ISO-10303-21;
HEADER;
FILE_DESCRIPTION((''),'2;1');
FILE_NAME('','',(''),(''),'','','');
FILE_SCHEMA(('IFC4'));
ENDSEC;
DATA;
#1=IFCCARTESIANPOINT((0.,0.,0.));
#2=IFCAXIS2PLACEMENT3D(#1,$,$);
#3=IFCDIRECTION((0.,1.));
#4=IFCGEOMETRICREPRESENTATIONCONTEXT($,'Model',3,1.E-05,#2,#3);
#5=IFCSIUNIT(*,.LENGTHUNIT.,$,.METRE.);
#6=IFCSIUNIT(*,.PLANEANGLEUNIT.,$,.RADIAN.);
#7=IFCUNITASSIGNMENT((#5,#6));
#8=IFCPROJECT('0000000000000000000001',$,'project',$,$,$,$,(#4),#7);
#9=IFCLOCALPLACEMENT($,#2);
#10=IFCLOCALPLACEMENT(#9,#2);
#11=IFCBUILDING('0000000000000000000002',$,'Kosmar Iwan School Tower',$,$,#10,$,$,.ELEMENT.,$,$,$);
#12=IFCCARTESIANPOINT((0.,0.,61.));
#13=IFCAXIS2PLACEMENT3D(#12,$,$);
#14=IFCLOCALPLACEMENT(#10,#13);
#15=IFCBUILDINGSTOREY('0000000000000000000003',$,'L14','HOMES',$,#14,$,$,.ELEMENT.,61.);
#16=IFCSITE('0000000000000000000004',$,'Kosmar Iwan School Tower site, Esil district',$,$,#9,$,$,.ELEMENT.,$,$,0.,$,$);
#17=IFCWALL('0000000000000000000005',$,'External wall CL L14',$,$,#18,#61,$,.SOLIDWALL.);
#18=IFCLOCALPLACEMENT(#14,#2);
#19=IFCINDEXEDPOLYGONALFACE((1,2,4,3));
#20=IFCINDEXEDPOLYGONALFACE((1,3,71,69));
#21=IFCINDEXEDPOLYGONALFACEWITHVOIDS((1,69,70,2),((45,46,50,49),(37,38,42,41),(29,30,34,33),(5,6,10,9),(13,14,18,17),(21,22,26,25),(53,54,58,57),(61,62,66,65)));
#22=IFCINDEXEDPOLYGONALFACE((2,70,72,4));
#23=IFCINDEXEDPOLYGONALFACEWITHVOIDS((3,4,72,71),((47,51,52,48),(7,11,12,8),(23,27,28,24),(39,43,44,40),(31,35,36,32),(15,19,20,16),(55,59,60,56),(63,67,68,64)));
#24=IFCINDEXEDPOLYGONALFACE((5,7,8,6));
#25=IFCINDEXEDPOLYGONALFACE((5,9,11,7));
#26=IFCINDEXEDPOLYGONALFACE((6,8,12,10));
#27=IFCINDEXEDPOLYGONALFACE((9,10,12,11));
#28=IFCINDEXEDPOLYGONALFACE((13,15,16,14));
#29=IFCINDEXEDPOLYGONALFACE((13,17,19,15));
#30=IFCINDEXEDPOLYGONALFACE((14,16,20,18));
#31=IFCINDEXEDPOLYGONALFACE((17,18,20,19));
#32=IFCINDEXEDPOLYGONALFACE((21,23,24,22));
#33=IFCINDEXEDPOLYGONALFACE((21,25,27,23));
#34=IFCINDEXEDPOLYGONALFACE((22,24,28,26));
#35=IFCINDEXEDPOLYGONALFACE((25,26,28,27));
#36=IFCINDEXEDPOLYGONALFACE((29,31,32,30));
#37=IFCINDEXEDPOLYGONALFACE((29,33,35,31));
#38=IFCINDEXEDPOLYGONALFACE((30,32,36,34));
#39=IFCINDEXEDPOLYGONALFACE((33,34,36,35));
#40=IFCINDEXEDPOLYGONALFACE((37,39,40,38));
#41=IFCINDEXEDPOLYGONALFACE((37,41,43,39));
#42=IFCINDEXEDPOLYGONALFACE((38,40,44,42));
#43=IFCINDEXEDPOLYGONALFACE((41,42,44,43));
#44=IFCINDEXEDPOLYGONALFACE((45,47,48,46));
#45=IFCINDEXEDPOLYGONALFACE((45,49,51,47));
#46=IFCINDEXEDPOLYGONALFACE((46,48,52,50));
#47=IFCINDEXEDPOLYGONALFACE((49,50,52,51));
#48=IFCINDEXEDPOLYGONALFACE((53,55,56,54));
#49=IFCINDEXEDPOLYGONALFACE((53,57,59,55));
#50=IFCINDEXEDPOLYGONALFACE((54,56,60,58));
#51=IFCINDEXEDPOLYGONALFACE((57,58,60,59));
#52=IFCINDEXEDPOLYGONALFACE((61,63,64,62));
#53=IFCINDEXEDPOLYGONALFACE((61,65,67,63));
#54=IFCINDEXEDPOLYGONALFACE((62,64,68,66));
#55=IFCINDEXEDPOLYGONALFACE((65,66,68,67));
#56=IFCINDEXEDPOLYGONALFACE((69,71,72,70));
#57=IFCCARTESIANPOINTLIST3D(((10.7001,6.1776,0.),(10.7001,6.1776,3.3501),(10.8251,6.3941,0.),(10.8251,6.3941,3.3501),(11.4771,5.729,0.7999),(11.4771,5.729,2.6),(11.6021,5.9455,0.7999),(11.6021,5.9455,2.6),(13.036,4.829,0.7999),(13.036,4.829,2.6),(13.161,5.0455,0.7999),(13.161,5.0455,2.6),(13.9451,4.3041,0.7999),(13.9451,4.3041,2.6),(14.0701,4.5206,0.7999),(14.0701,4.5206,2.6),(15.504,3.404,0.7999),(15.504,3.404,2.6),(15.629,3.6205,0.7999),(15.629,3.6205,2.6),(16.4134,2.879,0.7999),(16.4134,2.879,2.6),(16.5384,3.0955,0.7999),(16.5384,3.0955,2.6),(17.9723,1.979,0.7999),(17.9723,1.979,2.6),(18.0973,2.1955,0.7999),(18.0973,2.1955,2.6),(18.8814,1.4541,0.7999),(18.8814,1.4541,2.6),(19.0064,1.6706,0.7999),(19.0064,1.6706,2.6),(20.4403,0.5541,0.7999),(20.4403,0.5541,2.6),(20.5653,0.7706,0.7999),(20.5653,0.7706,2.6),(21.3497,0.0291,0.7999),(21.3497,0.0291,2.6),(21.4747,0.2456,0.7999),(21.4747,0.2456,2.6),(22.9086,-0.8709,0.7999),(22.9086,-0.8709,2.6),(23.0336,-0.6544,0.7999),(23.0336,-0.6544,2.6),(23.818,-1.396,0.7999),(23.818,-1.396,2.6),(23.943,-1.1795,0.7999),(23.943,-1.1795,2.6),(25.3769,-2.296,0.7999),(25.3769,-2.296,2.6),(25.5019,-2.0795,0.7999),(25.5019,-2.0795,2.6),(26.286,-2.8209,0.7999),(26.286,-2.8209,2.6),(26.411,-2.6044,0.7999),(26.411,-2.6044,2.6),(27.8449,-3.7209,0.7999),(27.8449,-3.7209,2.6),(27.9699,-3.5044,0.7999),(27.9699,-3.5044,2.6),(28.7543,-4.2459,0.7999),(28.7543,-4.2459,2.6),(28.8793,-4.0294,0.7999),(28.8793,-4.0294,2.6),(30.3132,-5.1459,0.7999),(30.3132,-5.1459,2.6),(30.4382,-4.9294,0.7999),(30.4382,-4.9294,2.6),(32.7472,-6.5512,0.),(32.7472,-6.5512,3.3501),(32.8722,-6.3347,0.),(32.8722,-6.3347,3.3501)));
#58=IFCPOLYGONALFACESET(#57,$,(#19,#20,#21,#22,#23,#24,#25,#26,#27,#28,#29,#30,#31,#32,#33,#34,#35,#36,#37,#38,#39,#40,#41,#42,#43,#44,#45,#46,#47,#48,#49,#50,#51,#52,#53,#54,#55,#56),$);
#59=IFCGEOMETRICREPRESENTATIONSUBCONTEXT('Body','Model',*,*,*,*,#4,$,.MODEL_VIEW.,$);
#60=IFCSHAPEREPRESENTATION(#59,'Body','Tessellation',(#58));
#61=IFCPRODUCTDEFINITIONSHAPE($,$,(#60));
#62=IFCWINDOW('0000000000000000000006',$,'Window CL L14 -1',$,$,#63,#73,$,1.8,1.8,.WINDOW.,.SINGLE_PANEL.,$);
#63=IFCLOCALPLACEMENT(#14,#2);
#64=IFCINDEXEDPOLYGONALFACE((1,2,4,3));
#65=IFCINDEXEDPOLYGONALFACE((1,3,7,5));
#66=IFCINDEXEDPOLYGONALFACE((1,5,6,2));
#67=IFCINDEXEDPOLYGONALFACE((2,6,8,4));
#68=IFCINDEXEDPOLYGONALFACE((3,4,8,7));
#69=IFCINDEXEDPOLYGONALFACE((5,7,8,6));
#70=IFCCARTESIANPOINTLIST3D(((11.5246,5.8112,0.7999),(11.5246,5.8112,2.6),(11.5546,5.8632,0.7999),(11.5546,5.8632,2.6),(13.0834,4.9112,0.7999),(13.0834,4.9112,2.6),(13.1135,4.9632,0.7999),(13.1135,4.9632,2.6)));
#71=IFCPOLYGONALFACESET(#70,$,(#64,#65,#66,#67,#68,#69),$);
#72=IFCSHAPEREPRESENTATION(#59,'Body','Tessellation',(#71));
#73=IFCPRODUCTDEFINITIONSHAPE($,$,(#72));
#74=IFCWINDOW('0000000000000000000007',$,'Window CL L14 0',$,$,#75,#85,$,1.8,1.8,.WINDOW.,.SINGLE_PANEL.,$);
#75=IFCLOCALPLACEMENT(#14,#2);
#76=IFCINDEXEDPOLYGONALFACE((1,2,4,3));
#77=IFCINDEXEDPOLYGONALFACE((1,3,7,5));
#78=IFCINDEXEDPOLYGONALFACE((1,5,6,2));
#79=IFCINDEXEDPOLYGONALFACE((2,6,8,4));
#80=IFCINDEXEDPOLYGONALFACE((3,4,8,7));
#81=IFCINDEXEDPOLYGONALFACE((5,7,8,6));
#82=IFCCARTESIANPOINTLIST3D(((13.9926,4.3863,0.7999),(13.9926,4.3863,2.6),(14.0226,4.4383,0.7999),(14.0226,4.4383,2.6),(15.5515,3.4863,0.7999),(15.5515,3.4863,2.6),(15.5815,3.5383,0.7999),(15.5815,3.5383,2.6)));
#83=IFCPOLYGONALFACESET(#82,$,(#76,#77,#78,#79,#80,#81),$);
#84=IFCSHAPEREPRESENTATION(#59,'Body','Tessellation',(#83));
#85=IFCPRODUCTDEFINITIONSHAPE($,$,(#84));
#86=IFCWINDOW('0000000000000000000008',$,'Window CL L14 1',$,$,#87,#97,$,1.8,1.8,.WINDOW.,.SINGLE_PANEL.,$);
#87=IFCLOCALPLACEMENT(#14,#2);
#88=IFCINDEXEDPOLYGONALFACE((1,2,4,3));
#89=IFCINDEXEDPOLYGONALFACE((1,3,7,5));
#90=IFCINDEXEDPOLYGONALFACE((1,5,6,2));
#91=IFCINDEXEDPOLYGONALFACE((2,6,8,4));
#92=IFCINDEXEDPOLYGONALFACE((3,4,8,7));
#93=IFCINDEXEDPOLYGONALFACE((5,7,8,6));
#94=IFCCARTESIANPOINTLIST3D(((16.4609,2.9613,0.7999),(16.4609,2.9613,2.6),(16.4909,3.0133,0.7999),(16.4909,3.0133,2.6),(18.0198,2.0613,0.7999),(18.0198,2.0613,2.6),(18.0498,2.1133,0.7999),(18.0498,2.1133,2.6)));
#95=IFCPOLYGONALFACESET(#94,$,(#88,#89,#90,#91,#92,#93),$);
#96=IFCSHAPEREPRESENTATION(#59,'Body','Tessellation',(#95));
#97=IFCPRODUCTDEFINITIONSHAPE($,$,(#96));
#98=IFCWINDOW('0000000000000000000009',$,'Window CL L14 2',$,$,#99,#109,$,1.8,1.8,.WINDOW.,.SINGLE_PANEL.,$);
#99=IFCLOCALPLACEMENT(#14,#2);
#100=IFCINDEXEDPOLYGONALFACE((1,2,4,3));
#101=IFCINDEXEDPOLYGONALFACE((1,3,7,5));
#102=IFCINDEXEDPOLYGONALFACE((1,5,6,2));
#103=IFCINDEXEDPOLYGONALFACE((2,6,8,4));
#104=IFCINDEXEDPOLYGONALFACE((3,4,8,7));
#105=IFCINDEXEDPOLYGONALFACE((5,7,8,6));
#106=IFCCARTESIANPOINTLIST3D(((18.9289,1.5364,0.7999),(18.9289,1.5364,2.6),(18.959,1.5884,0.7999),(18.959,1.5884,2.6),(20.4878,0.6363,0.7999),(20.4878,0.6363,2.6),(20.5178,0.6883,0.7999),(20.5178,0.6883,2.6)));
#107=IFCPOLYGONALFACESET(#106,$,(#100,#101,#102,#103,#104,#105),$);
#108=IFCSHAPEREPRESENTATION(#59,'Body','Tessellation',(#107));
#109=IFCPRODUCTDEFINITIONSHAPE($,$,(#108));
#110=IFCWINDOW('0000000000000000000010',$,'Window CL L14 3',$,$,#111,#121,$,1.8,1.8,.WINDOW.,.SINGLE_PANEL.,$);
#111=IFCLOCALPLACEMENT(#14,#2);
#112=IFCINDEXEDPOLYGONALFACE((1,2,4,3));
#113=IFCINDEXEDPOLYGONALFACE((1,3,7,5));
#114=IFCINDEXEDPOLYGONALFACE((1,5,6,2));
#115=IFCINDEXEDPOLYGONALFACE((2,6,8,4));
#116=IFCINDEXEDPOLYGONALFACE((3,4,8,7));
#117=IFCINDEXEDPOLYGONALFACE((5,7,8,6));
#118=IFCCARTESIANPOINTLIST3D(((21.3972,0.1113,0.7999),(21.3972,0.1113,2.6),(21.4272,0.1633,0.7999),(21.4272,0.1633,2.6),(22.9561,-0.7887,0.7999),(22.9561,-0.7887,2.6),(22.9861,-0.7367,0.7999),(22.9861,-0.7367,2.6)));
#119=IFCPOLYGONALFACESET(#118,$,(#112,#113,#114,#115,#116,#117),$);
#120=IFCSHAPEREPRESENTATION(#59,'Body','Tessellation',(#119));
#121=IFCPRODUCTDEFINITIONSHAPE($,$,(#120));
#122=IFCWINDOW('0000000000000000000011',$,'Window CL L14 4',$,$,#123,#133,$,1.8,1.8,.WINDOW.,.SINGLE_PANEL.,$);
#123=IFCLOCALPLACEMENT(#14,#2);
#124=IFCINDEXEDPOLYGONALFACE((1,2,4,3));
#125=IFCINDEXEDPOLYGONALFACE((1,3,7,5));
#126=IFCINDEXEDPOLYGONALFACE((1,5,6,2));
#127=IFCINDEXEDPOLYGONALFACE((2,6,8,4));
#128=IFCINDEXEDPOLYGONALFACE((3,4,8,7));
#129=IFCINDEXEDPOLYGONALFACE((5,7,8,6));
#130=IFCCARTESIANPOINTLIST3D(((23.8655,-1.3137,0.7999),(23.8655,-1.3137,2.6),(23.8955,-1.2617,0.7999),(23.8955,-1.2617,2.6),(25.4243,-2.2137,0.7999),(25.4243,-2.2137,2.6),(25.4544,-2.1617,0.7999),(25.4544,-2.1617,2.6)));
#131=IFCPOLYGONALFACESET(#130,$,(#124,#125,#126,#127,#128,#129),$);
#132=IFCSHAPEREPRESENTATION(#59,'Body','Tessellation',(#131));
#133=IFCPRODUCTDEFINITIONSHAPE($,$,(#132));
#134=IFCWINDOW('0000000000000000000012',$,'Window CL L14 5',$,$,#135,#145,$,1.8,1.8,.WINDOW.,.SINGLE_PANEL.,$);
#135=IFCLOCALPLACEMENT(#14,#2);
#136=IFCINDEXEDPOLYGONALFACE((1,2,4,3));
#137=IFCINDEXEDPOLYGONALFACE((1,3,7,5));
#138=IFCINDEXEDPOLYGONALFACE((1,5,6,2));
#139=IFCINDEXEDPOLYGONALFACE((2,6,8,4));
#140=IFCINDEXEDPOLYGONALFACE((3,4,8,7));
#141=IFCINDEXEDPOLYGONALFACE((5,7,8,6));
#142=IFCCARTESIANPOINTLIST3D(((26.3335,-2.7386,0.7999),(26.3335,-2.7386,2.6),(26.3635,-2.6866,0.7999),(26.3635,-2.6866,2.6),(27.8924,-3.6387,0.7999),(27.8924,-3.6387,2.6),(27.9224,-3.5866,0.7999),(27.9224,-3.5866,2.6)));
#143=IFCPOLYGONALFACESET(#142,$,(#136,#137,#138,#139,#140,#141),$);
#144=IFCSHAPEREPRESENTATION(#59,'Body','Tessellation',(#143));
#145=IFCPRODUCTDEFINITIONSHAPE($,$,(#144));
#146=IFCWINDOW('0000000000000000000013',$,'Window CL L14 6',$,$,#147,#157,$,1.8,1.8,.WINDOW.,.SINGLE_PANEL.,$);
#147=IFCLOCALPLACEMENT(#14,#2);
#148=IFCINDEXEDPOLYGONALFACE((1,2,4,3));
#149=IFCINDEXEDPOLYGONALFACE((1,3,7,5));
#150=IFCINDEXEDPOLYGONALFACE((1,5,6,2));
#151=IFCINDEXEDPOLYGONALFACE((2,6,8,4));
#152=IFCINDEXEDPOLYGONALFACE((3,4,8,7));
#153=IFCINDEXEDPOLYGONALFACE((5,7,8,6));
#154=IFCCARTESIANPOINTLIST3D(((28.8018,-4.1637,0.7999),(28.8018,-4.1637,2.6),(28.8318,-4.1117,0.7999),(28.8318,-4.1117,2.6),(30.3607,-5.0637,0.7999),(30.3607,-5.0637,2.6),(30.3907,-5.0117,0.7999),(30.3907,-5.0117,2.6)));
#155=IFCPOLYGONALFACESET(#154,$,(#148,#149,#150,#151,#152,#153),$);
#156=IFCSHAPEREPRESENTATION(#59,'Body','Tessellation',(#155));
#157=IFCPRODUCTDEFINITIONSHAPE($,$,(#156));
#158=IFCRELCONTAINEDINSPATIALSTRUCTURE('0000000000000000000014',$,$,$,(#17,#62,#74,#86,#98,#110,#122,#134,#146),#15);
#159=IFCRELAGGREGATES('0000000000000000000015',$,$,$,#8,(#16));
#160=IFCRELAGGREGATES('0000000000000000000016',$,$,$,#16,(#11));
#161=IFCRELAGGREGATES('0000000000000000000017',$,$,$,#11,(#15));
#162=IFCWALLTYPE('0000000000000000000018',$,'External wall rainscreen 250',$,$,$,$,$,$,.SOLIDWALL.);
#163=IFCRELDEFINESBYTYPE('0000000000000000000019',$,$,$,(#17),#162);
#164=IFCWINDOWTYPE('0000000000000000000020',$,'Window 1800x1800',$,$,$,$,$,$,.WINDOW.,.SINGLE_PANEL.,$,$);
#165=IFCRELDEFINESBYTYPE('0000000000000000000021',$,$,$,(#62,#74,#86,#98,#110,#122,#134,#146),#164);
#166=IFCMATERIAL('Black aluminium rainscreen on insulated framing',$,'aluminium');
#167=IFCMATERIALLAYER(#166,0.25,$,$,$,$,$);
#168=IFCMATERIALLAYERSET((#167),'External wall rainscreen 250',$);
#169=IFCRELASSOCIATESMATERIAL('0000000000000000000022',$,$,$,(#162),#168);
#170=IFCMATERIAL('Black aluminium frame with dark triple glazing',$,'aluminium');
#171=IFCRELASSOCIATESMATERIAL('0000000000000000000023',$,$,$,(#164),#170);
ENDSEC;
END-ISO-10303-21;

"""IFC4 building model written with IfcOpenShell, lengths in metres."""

from ifc_helpers import new_model, si_unit, direction, frame, frame_2d, origin, place, context, subcontext, project, spatial, rectangle, extrude, material, layer, layer_set, type_object, element, fill, save


model = new_model("IFC4")

# Units and contexts
model_context = context("Model", 3, precision=1e-05, world=origin(), true_north=direction((0.0, 1.0)))
body_context = subcontext(model_context, "Body", "Model", "MODEL_VIEW")
ifc_project = project(units=[si_unit("LENGTHUNIT", "METRE"), si_unit("PLANEANGLEUNIT", "RADIAN")], contexts=[model_context])

# Site, building, storey
site_placement = place(None, origin())
site = spatial("IfcSite", under=ifc_project, at=site_placement, Name="Kosmar Iwan School Tower site, Esil district", CompositionType="ELEMENT", RefElevation=0.0)
building_placement = place(site_placement, origin())
building = spatial("IfcBuilding", under=site, at=building_placement, Name="Kosmar Iwan School Tower", CompositionType="ELEMENT")
storey_placement = place(building_placement, frame((0.0, 0.0, 61.0)))
storey = spatial("IfcBuildingStorey", under=building, at=storey_placement, Name="L14", Description="HOMES", CompositionType="ELEMENT", Elevation=61.0)

# Wall, openings, windows
ifc_material_1 = material(Name="Black aluminium rainscreen on insulated framing", Category="aluminium")
ifc_layer = layer(ifc_material_1, 0.25)
ifc_layer_set = layer_set([ifc_layer], Name="External wall rainscreen 250")
wall_type = type_object("IfcWallType", Name="External wall rainscreen 250", PredefinedType="SOLIDWALL", material=ifc_layer_set)
wall_1_placement = place(storey_placement, frame((10.7625, 6.2859, 0.0), z_axis=(0.0, 0.0, 1.0), x_axis=(0.866028, -0.499996, 0.0)))
wall_1 = element("IfcWall", 1, at=wall_1_placement, inside=storey, type_object=wall_type, Name="External wall CL L14", PredefinedType="SOLIDWALL", context=body_context, shape_type="SweptSolid", body=[
    extrude(rectangle(XDim=25.4578, YDim=0.25, at=frame_2d((12.729, 0.0))), origin(), (0.0, 0.0, 1.0), 3.3501),
])
opening_1_placement = place(wall_1_placement, frame((0.8975, 0.0, 0.8)))
opening_1 = element("IfcOpeningElement", 2, at=opening_1_placement, cuts=wall_1, PredefinedType="OPENING", context=body_context, shape_type="SweptSolid", body=[
    extrude(rectangle(XDim=1.8, YDim=1.8, at=frame_2d((0.8999, 0.8999))), frame((0.0, 0.137, 0.0), z_axis=(0.0, -1.0, 0.0), x_axis=(1.0, 0.0, 0.0)), (0.0, 0.0, 1.0), 0.2739),
])
opening_2_placement = place(wall_1_placement, frame((3.7473, 0.0, 0.8)))
opening_2 = element("IfcOpeningElement", 3, at=opening_2_placement, cuts=wall_1, PredefinedType="OPENING", context=body_context, shape_type="SweptSolid", body=[
    extrude(rectangle(XDim=1.8, YDim=1.8, at=frame_2d((0.8999, 0.8999))), frame((0.0, 0.137, 0.0), z_axis=(0.0, -1.0, 0.0), x_axis=(1.0, 0.0, 0.0)), (0.0, 0.0, 1.0), 0.2739),
])
opening_3_placement = place(wall_1_placement, frame((6.5974, 0.0, 0.8)))
opening_3 = element("IfcOpeningElement", 4, at=opening_3_placement, cuts=wall_1, PredefinedType="OPENING", context=body_context, shape_type="SweptSolid", body=[
    extrude(rectangle(XDim=1.8, YDim=1.8, at=frame_2d((0.8999, 0.8999))), frame((0.0, 0.137, 0.0), z_axis=(0.0, -1.0, 0.0), x_axis=(1.0, 0.0, 0.0)), (0.0, 0.0, 1.0), 0.2739),
])
opening_4_placement = place(wall_1_placement, frame((9.4473, 0.0, 0.8)))
opening_4 = element("IfcOpeningElement", 5, at=opening_4_placement, cuts=wall_1, PredefinedType="OPENING", context=body_context, shape_type="SweptSolid", body=[
    extrude(rectangle(XDim=1.8, YDim=1.8, at=frame_2d((0.8999, 0.8999))), frame((0.0, 0.137, 0.0), z_axis=(0.0, -1.0, 0.0), x_axis=(1.0, 0.0, 0.0)), (0.0, 0.0, 1.0), 0.2739),
])
opening_5_placement = place(wall_1_placement, frame((12.2974, 0.0, 0.8)))
opening_5 = element("IfcOpeningElement", 6, at=opening_5_placement, cuts=wall_1, PredefinedType="OPENING", context=body_context, shape_type="SweptSolid", body=[
    extrude(rectangle(XDim=1.8, YDim=1.8, at=frame_2d((0.8999, 0.8999))), frame((0.0, 0.137, 0.0), z_axis=(0.0, -1.0, 0.0), x_axis=(1.0, 0.0, 0.0)), (0.0, 0.0, 1.0), 0.2739),
])
opening_6_placement = place(wall_1_placement, frame((15.1475, 0.0, 0.8)))
opening_6 = element("IfcOpeningElement", 7, at=opening_6_placement, cuts=wall_1, PredefinedType="OPENING", context=body_context, shape_type="SweptSolid", body=[
    extrude(rectangle(XDim=1.8, YDim=1.8, at=frame_2d((0.8999, 0.8999))), frame((0.0, 0.137, 0.0), z_axis=(0.0, -1.0, 0.0), x_axis=(1.0, 0.0, 0.0)), (0.0, 0.0, 1.0), 0.2739),
])
opening_7_placement = place(wall_1_placement, frame((17.9973, 0.0, 0.8)))
opening_7 = element("IfcOpeningElement", 8, at=opening_7_placement, cuts=wall_1, PredefinedType="OPENING", context=body_context, shape_type="SweptSolid", body=[
    extrude(rectangle(XDim=1.8, YDim=1.8, at=frame_2d((0.8999, 0.8999))), frame((0.0, 0.137, 0.0), z_axis=(0.0, -1.0, 0.0), x_axis=(1.0, 0.0, 0.0)), (0.0, 0.0, 1.0), 0.2739),
])
opening_8_placement = place(wall_1_placement, frame((20.8474, 0.0, 0.8)))
opening_8 = element("IfcOpeningElement", 9, at=opening_8_placement, cuts=wall_1, PredefinedType="OPENING", context=body_context, shape_type="SweptSolid", body=[
    extrude(rectangle(XDim=1.8, YDim=1.8, at=frame_2d((0.8999, 0.8999))), frame((0.0, 0.137, 0.0), z_axis=(0.0, -1.0, 0.0), x_axis=(1.0, 0.0, 0.0)), (0.0, 0.0, 1.0), 0.2739),
])
ifc_material_2 = material(Name="Black aluminium frame with dark triple glazing", Category="aluminium")
window_type = type_object("IfcWindowType", Name="Window 1800x1800", PartitioningType="SINGLE_PANEL", PredefinedType="WINDOW", material=ifc_material_2)
window_1_placement = place(opening_1_placement, origin())
window_1 = element("IfcWindow", 10, at=window_1_placement, inside=storey, type_object=window_type, Name="Window CL L14 -1", OverallHeight=1.8, OverallWidth=1.8, PartitioningType="SINGLE_PANEL", PredefinedType="WINDOW", context=body_context, shape_type="SweptSolid", body=[
    extrude(rectangle(XDim=1.8, YDim=1.8, at=frame_2d((0.8999, 0.8999))), frame((0.0, 0.03, 0.0), z_axis=(0.0, -1.0, 0.0), x_axis=(1.0, 0.0, 0.0)), (0.0, 0.0, 1.0), 0.0601),
])
fill(opening_1, window_1)
window_2_placement = place(opening_2_placement, origin())
window_2 = element("IfcWindow", 11, at=window_2_placement, inside=storey, type_object=window_type, Name="Window CL L14 0", OverallHeight=1.8, OverallWidth=1.8, PartitioningType="SINGLE_PANEL", PredefinedType="WINDOW", context=body_context, shape_type="SweptSolid", body=[
    extrude(rectangle(XDim=1.8, YDim=1.8, at=frame_2d((0.8999, 0.8999))), frame((0.0, 0.03, 0.0), z_axis=(0.0, -1.0, 0.0), x_axis=(1.0, 0.0, 0.0)), (0.0, 0.0, 1.0), 0.0601),
])
fill(opening_2, window_2)
window_3_placement = place(opening_3_placement, origin())
window_3 = element("IfcWindow", 12, at=window_3_placement, inside=storey, type_object=window_type, Name="Window CL L14 1", OverallHeight=1.8, OverallWidth=1.8, PartitioningType="SINGLE_PANEL", PredefinedType="WINDOW", context=body_context, shape_type="SweptSolid", body=[
    extrude(rectangle(XDim=1.8, YDim=1.8, at=frame_2d((0.8999, 0.8999))), frame((0.0, 0.03, 0.0), z_axis=(0.0, -1.0, 0.0), x_axis=(1.0, 0.0, 0.0)), (0.0, 0.0, 1.0), 0.0601),
])
fill(opening_3, window_3)
window_4_placement = place(opening_4_placement, origin())
window_4 = element("IfcWindow", 13, at=window_4_placement, inside=storey, type_object=window_type, Name="Window CL L14 2", OverallHeight=1.8, OverallWidth=1.8, PartitioningType="SINGLE_PANEL", PredefinedType="WINDOW", context=body_context, shape_type="SweptSolid", body=[
    extrude(rectangle(XDim=1.8, YDim=1.8, at=frame_2d((0.8999, 0.8999))), frame((0.0, 0.03, 0.0), z_axis=(0.0, -1.0, 0.0), x_axis=(1.0, 0.0, 0.0)), (0.0, 0.0, 1.0), 0.0601),
])
fill(opening_4, window_4)
window_5_placement = place(opening_5_placement, origin())
window_5 = element("IfcWindow", 14, at=window_5_placement, inside=storey, type_object=window_type, Name="Window CL L14 3", OverallHeight=1.8, OverallWidth=1.8, PartitioningType="SINGLE_PANEL", PredefinedType="WINDOW", context=body_context, shape_type="SweptSolid", body=[
    extrude(rectangle(XDim=1.8, YDim=1.8, at=frame_2d((0.8999, 0.8999))), frame((0.0, 0.03, 0.0), z_axis=(0.0, -1.0, 0.0), x_axis=(1.0, 0.0, 0.0)), (0.0, 0.0, 1.0), 0.0601),
])
fill(opening_5, window_5)
window_6_placement = place(opening_6_placement, origin())
window_6 = element("IfcWindow", 15, at=window_6_placement, inside=storey, type_object=window_type, Name="Window CL L14 4", OverallHeight=1.8, OverallWidth=1.8, PartitioningType="SINGLE_PANEL", PredefinedType="WINDOW", context=body_context, shape_type="SweptSolid", body=[
    extrude(rectangle(XDim=1.8, YDim=1.8, at=frame_2d((0.8999, 0.8999))), frame((0.0, 0.03, 0.0), z_axis=(0.0, -1.0, 0.0), x_axis=(1.0, 0.0, 0.0)), (0.0, 0.0, 1.0), 0.0601),
])
fill(opening_6, window_6)
window_7_placement = place(opening_7_placement, origin())
window_7 = element("IfcWindow", 16, at=window_7_placement, inside=storey, type_object=window_type, Name="Window CL L14 5", OverallHeight=1.8, OverallWidth=1.8, PartitioningType="SINGLE_PANEL", PredefinedType="WINDOW", context=body_context, shape_type="SweptSolid", body=[
    extrude(rectangle(XDim=1.8, YDim=1.8, at=frame_2d((0.8999, 0.8999))), frame((0.0, 0.03, 0.0), z_axis=(0.0, -1.0, 0.0), x_axis=(1.0, 0.0, 0.0)), (0.0, 0.0, 1.0), 0.0601),
])
fill(opening_7, window_7)
window_8_placement = place(opening_8_placement, origin())
window_8 = element("IfcWindow", 17, at=window_8_placement, inside=storey, type_object=window_type, Name="Window CL L14 6", OverallHeight=1.8, OverallWidth=1.8, PartitioningType="SINGLE_PANEL", PredefinedType="WINDOW", context=body_context, shape_type="SweptSolid", body=[
    extrude(rectangle(XDim=1.8, YDim=1.8, at=frame_2d((0.8999, 0.8999))), frame((0.0, 0.03, 0.0), z_axis=(0.0, -1.0, 0.0), x_axis=(1.0, 0.0, 0.0)), (0.0, 0.0, 1.0), 0.0601),
])
fill(opening_8, window_8)

save(model, "model.ifc")
